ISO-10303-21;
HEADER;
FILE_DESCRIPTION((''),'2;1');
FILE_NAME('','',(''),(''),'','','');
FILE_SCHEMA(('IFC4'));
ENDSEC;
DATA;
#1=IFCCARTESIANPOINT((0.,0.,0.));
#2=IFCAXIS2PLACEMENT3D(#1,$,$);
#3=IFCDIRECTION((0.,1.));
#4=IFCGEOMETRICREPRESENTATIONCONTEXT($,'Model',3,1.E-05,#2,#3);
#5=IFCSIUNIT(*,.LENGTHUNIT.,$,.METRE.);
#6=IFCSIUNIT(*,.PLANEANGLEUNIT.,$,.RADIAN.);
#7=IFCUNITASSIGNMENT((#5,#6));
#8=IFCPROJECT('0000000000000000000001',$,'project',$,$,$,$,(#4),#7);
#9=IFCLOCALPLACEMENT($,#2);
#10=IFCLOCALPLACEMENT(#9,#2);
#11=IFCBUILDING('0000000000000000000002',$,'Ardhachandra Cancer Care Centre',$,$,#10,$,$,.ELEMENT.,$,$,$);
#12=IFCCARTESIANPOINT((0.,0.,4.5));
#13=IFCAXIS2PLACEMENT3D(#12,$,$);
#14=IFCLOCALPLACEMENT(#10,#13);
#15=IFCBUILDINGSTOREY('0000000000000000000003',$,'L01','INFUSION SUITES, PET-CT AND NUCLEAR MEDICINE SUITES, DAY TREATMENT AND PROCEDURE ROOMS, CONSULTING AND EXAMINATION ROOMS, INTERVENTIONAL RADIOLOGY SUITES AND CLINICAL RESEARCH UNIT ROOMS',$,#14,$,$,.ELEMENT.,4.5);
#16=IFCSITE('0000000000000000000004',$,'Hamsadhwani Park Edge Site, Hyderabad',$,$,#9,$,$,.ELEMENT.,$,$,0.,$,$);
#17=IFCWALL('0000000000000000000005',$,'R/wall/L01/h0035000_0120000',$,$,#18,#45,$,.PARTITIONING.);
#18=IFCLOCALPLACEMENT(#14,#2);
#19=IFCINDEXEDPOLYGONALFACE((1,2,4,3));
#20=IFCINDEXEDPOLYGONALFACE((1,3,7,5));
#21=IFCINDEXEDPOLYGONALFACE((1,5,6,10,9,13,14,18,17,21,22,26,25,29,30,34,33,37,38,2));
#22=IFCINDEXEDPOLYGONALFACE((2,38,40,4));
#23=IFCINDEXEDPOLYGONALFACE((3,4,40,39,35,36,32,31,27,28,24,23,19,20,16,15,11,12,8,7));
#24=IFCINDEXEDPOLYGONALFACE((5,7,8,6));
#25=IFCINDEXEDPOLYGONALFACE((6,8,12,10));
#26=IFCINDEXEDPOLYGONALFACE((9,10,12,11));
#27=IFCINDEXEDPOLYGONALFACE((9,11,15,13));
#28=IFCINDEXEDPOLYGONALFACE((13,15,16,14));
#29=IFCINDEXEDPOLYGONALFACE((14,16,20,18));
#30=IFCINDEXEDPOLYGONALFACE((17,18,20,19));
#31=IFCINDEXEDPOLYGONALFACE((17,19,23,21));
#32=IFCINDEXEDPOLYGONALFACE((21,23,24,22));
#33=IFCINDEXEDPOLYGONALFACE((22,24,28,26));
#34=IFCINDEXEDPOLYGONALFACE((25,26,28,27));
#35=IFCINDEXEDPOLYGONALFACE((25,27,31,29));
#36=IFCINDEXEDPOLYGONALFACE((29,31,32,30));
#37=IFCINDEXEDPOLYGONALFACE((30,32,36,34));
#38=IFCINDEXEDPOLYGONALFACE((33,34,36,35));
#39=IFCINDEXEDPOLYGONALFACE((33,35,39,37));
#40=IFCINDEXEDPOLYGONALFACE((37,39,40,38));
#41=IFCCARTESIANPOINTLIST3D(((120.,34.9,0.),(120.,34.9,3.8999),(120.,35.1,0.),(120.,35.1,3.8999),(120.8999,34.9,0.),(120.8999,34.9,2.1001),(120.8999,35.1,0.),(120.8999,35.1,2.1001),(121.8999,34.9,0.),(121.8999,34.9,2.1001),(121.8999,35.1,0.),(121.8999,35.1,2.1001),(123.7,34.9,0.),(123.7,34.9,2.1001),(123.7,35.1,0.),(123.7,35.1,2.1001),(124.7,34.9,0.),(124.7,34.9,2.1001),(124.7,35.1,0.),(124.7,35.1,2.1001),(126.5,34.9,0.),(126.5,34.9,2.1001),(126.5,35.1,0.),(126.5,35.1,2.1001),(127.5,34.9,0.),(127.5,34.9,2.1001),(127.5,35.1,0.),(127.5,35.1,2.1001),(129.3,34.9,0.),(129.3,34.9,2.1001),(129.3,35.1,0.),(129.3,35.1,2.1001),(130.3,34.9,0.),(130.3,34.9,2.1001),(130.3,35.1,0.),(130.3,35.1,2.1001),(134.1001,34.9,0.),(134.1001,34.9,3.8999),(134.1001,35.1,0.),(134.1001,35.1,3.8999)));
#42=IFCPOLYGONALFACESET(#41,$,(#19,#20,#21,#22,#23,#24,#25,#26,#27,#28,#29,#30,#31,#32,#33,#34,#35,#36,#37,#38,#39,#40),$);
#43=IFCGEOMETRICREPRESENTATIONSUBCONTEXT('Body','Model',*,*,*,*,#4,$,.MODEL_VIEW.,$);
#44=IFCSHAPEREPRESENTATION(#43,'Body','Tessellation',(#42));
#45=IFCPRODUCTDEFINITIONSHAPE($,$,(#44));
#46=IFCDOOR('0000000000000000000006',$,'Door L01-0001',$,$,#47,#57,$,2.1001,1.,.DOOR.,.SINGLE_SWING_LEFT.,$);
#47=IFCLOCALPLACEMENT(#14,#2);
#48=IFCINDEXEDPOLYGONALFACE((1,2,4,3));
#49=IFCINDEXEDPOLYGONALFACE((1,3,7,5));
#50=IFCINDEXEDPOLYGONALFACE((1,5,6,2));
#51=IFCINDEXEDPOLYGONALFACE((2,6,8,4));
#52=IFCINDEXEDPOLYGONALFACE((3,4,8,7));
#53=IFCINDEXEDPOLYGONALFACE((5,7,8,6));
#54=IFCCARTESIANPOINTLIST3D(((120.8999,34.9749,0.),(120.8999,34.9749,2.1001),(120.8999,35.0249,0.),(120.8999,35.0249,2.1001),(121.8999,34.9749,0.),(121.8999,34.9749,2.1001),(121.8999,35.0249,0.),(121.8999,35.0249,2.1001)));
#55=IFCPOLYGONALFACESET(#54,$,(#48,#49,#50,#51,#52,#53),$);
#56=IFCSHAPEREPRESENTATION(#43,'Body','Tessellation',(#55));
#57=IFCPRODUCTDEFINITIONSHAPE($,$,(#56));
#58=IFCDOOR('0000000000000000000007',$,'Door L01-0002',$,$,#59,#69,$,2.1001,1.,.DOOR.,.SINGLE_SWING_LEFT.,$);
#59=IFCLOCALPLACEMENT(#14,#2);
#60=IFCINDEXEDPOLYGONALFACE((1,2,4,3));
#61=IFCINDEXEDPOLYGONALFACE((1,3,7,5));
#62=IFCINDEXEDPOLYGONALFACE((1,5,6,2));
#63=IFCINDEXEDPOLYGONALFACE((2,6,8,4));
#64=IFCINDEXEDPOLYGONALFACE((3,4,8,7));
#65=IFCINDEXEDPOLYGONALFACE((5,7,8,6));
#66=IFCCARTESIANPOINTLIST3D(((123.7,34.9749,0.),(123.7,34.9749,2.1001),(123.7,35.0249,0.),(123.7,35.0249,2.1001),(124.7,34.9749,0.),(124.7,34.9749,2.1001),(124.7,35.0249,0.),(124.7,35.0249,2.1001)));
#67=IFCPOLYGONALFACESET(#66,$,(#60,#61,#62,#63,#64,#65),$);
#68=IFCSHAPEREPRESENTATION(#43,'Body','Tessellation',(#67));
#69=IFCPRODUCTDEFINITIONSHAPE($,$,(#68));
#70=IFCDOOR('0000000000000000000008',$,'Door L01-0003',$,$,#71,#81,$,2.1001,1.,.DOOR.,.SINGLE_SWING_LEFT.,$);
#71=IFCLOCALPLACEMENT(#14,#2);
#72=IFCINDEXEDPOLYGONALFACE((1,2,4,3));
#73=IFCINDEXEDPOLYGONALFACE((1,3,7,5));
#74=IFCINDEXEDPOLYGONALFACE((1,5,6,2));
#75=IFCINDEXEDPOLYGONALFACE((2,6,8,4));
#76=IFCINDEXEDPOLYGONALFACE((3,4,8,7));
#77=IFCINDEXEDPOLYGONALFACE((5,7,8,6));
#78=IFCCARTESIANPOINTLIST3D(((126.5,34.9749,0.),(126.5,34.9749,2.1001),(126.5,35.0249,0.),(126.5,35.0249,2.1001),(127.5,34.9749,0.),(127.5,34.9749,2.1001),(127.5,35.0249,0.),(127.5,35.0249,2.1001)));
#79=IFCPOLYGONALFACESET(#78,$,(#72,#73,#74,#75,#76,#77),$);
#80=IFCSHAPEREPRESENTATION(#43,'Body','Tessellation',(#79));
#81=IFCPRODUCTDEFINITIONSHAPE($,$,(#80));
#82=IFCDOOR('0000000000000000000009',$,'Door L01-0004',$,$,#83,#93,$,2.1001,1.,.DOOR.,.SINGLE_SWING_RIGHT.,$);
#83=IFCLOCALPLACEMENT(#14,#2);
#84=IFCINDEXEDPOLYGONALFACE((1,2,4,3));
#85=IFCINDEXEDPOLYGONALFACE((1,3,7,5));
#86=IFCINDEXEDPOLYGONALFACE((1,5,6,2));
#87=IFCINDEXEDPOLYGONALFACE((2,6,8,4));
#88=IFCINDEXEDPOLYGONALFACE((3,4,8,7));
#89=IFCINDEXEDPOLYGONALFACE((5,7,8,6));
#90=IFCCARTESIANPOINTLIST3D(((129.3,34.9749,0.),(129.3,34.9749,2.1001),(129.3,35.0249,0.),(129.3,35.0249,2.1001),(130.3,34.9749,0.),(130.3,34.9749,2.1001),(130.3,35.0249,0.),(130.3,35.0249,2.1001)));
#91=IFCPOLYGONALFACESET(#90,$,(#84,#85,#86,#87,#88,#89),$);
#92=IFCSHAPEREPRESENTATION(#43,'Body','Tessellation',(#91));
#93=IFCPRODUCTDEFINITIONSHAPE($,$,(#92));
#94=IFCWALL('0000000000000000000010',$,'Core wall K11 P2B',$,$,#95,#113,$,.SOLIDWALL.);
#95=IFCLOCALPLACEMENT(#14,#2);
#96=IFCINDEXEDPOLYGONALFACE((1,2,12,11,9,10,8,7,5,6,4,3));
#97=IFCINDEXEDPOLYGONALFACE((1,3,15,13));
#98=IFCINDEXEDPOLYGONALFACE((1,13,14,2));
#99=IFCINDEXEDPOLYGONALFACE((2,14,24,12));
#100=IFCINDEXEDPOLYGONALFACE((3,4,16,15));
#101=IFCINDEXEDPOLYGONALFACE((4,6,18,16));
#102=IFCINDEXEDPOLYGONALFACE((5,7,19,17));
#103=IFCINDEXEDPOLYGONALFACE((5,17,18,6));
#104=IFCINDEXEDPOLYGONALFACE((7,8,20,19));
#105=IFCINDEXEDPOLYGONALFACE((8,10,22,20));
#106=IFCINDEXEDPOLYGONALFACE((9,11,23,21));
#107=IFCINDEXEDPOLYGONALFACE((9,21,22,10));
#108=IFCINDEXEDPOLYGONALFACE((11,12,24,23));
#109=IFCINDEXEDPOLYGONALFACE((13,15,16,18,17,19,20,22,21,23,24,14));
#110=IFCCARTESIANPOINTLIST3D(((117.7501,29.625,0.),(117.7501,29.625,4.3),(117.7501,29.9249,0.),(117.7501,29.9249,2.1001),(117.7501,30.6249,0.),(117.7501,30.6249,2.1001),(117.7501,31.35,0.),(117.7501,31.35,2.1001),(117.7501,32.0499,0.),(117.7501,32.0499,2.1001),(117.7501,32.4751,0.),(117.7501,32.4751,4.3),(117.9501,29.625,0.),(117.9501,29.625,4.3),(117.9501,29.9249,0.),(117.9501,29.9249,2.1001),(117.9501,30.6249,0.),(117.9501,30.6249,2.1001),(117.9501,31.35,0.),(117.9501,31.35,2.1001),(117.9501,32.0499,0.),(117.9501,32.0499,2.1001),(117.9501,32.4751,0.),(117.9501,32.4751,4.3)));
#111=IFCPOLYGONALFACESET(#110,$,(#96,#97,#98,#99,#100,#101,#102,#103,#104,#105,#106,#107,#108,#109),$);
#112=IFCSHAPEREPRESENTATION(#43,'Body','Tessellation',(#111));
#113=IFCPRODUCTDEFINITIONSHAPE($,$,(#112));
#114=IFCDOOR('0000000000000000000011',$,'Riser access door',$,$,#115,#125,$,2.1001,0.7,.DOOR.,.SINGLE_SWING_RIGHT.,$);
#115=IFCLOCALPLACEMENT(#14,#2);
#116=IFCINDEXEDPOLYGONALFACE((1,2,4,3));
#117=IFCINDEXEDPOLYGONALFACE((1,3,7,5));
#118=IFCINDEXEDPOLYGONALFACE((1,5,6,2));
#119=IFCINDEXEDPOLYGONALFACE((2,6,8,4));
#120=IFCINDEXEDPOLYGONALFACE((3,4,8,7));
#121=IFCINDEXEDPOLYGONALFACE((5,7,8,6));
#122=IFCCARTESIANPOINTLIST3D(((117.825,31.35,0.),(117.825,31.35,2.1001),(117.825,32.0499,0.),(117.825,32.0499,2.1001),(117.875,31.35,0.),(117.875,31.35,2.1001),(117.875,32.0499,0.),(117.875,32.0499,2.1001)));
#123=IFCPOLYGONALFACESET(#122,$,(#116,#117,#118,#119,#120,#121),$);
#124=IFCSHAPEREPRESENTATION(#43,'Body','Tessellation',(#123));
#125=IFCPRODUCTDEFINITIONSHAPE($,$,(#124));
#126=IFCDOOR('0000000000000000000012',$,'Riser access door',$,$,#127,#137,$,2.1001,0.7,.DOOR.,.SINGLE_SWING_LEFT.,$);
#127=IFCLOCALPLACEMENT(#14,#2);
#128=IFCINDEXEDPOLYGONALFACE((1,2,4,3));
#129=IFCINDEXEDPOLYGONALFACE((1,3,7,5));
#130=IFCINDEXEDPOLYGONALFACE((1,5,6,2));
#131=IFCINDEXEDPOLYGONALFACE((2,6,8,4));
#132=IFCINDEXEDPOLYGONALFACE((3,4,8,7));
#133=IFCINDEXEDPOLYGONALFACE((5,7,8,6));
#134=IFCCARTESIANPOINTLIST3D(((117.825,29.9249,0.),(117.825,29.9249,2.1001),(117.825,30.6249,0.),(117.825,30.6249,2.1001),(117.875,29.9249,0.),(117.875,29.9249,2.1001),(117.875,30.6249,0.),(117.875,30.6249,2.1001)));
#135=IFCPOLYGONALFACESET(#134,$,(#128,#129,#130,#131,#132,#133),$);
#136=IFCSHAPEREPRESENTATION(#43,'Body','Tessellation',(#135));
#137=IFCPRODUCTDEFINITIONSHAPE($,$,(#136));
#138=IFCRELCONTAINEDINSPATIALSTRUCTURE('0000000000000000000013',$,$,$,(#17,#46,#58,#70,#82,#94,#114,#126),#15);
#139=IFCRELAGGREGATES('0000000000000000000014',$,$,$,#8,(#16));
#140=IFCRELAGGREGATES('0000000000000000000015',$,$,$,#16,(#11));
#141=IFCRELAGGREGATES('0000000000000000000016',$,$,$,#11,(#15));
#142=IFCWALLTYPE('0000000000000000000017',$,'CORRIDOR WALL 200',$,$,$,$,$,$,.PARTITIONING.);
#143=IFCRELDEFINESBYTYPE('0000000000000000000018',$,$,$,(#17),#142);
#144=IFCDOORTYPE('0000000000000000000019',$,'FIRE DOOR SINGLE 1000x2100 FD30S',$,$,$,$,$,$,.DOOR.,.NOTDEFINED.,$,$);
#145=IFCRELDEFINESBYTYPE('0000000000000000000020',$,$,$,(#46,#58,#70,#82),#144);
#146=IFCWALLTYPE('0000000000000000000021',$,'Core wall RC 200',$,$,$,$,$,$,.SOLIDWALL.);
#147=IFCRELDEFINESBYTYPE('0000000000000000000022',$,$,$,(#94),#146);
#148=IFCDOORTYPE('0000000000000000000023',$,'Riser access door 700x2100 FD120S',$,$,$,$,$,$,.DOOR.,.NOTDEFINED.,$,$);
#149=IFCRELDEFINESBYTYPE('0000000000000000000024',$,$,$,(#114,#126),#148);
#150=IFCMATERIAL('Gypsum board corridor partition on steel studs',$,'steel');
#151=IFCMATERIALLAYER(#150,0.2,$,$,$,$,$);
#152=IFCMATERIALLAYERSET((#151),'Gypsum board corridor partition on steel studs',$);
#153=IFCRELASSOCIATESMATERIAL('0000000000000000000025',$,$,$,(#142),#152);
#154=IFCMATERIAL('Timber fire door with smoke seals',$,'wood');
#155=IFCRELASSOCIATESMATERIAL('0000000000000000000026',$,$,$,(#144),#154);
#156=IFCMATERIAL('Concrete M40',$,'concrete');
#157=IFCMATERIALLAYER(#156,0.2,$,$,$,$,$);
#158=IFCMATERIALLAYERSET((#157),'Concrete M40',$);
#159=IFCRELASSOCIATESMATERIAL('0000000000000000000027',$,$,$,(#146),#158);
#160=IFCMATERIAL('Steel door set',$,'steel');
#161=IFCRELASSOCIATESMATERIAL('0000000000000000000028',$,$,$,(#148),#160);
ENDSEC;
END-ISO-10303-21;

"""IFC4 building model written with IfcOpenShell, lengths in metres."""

from ifc_helpers import new_model, si_unit, direction, frame, frame_2d, origin, place, context, subcontext, project, spatial, rectangle, extrude, material, layer, layer_set, type_object, element, fill, save


model = new_model("IFC4")

# Units and contexts
model_context = context("Model", 3, precision=1e-05, world=origin(), true_north=direction((0.0, 1.0)))
body_context = subcontext(model_context, "Body", "Model", "MODEL_VIEW")
ifc_project = project(units=[si_unit("LENGTHUNIT", "METRE"), si_unit("PLANEANGLEUNIT", "RADIAN")], contexts=[model_context])

# Site, building, storey
site_placement = place(None, origin())
site = spatial("IfcSite", under=ifc_project, at=site_placement, Name="Hamsadhwani Park Edge Site, Hyderabad", CompositionType="ELEMENT", RefElevation=0.0)
building_placement = place(site_placement, origin())
building = spatial("IfcBuilding", under=site, at=building_placement, Name="Ardhachandra Cancer Care Centre", CompositionType="ELEMENT")
storey_placement = place(building_placement, frame((0.0, 0.0, 4.5)))
storey = spatial("IfcBuildingStorey", under=building, at=storey_placement, Name="L01", Description="INFUSION SUITES, PET-CT AND NUCLEAR MEDICINE SUITES, DAY TREATMENT AND PROCEDURE ROOMS, CONSULTING AND EXAMINATION ROOMS, INTERVENTIONAL RADIOLOGY SUITES AND CLINICAL RESEARCH UNIT ROOMS", CompositionType="ELEMENT", Elevation=4.5)

# Walls, openings, doors
ifc_material_1 = material(Name="Gypsum board corridor partition on steel studs", Category="steel")
ifc_layer_1 = layer(ifc_material_1, 0.2)
ifc_layer_set_1 = layer_set([ifc_layer_1], Name="Gypsum board corridor partition on steel studs")
wall_type_1 = type_object("IfcWallType", Name="CORRIDOR WALL 200", PredefinedType="PARTITIONING", material=ifc_layer_set_1)
wall_1_placement = place(storey_placement, frame((120.0, 35.0, 0.0), z_axis=(0.0, 0.0, 1.0), x_axis=(1.0, 0.0, 0.0)))
wall_1 = element("IfcWall", 1, at=wall_1_placement, inside=storey, type_object=wall_type_1, Name="R/wall/L01/h0035000_0120000", PredefinedType="PARTITIONING", context=body_context, shape_type="SweptSolid", body=[
    extrude(rectangle(XDim=14.1001, YDim=0.2, at=frame_2d((7.05, 0.0))), origin(), (0.0, 0.0, 1.0), 3.8999),
])
opening_1_placement = place(wall_1_placement, frame((0.8999, 0.0, 0.0)))
opening_1 = element("IfcOpeningElement", 2, at=opening_1_placement, cuts=wall_1, PredefinedType="OPENING", context=body_context, shape_type="SweptSolid", body=[
    extrude(rectangle(XDim=1.0, YDim=2.1001, at=frame_2d((0.5, 1.05))), frame((0.0, 0.1099, 0.0), z_axis=(0.0, -1.0, 0.0), x_axis=(1.0, 0.0, 0.0)), (0.0, 0.0, 1.0), 0.22),
])
opening_2_placement = place(wall_1_placement, frame((3.7, 0.0, 0.0)))
opening_2 = element("IfcOpeningElement", 3, at=opening_2_placement, cuts=wall_1, PredefinedType="OPENING", context=body_context, shape_type="SweptSolid", body=[
    extrude(rectangle(XDim=1.0, YDim=2.1001, at=frame_2d((0.5, 1.05))), frame((0.0, 0.1099, 0.0), z_axis=(0.0, -1.0, 0.0), x_axis=(1.0, 0.0, 0.0)), (0.0, 0.0, 1.0), 0.22),
])
opening_3_placement = place(wall_1_placement, frame((6.5, 0.0, 0.0)))
opening_3 = element("IfcOpeningElement", 4, at=opening_3_placement, cuts=wall_1, PredefinedType="OPENING", context=body_context, shape_type="SweptSolid", body=[
    extrude(rectangle(XDim=1.0, YDim=2.1001, at=frame_2d((0.5, 1.05))), frame((0.0, 0.1099, 0.0), z_axis=(0.0, -1.0, 0.0), x_axis=(1.0, 0.0, 0.0)), (0.0, 0.0, 1.0), 0.22),
])
opening_4_placement = place(wall_1_placement, frame((9.3, 0.0, 0.0)))
opening_4 = element("IfcOpeningElement", 5, at=opening_4_placement, cuts=wall_1, PredefinedType="OPENING", context=body_context, shape_type="SweptSolid", body=[
    extrude(rectangle(XDim=1.0, YDim=2.1001, at=frame_2d((0.5, 1.05))), frame((0.0, 0.1099, 0.0), z_axis=(0.0, -1.0, 0.0), x_axis=(1.0, 0.0, 0.0)), (0.0, 0.0, 1.0), 0.22),
])
ifc_material_2 = material(Name="Timber fire door with smoke seals", Category="wood")
door_type_1 = type_object("IfcDoorType", Name="FIRE DOOR SINGLE 1000x2100 FD30S", OperationType="NOTDEFINED", PredefinedType="DOOR", material=ifc_material_2)
door_1_placement = place(opening_1_placement, origin())
door_1 = element("IfcDoor", 6, at=door_1_placement, inside=storey, type_object=door_type_1, Name="Door L01-0001", OperationType="SINGLE_SWING_LEFT", OverallHeight=2.1001, OverallWidth=1.0, PredefinedType="DOOR", context=body_context, shape_type="SweptSolid", body=[
    extrude(rectangle(XDim=1.0, YDim=2.1001, at=frame_2d((0.5, 1.05))), frame((0.0, 0.0249, 0.0), z_axis=(0.0, -1.0, 0.0), x_axis=(1.0, 0.0, 0.0)), (0.0, 0.0, 1.0), 0.05),
])
fill(opening_1, door_1)
door_2_placement = place(opening_2_placement, origin())
door_2 = element("IfcDoor", 7, at=door_2_placement, inside=storey, type_object=door_type_1, Name="Door L01-0002", OperationType="SINGLE_SWING_LEFT", OverallHeight=2.1001, OverallWidth=1.0, PredefinedType="DOOR", context=body_context, shape_type="SweptSolid", body=[
    extrude(rectangle(XDim=1.0, YDim=2.1001, at=frame_2d((0.5, 1.05))), frame((0.0, 0.0249, 0.0), z_axis=(0.0, -1.0, 0.0), x_axis=(1.0, 0.0, 0.0)), (0.0, 0.0, 1.0), 0.05),
])
fill(opening_2, door_2)
door_3_placement = place(opening_3_placement, origin())
door_3 = element("IfcDoor", 8, at=door_3_placement, inside=storey, type_object=door_type_1, Name="Door L01-0003", OperationType="SINGLE_SWING_LEFT", OverallHeight=2.1001, OverallWidth=1.0, PredefinedType="DOOR", context=body_context, shape_type="SweptSolid", body=[
    extrude(rectangle(XDim=1.0, YDim=2.1001, at=frame_2d((0.5, 1.05))), frame((0.0, 0.0249, 0.0), z_axis=(0.0, -1.0, 0.0), x_axis=(1.0, 0.0, 0.0)), (0.0, 0.0, 1.0), 0.05),
])
fill(opening_3, door_3)
door_4_placement = place(opening_4_placement, origin())
door_4 = element("IfcDoor", 9, at=door_4_placement, inside=storey, type_object=door_type_1, Name="Door L01-0004", OperationType="SINGLE_SWING_RIGHT", OverallHeight=2.1001, OverallWidth=1.0, PredefinedType="DOOR", context=body_context, shape_type="SweptSolid", body=[
    extrude(rectangle(XDim=1.0, YDim=2.1001, at=frame_2d((0.5, 1.05))), frame((0.0, 0.0249, 0.0), z_axis=(0.0, -1.0, 0.0), x_axis=(1.0, 0.0, 0.0)), (0.0, 0.0, 1.0), 0.05),
])
fill(opening_4, door_4)
ifc_material_3 = material(Name="Concrete M40", Category="concrete")
ifc_layer_2 = layer(ifc_material_3, 0.2)
ifc_layer_set_2 = layer_set([ifc_layer_2], Name="Concrete M40")
wall_type_2 = type_object("IfcWallType", Name="Core wall RC 200", PredefinedType="SOLIDWALL", material=ifc_layer_set_2)
wall_2_placement = place(storey_placement, frame((117.8501, 32.4751, 0.0), z_axis=(0.0, 0.0, 1.0), x_axis=(0.0, -1.0, 0.0)))
wall_2 = element("IfcWall", 10, at=wall_2_placement, inside=storey, type_object=wall_type_2, Name="Core wall K11 P2B", PredefinedType="SOLIDWALL", context=body_context, shape_type="SweptSolid", body=[
    extrude(rectangle(XDim=2.8501, YDim=0.2, at=frame_2d((1.425, 0.0))), origin(), (0.0, 0.0, 1.0), 4.3),
])
opening_5_placement = place(wall_2_placement, frame((0.425, 0.0, 0.0)))
opening_5 = element("IfcOpeningElement", 11, at=opening_5_placement, cuts=wall_2, PredefinedType="OPENING", context=body_context, shape_type="SweptSolid", body=[
    extrude(rectangle(XDim=0.7, YDim=2.1001, at=frame_2d((0.3501, 1.05))), frame((0.0, 0.1099, 0.0), z_axis=(0.0, -1.0, 0.0), x_axis=(1.0, 0.0, 0.0)), (0.0, 0.0, 1.0), 0.22),
])
opening_6_placement = place(wall_2_placement, frame((1.8501, 0.0, 0.0)))
opening_6 = element("IfcOpeningElement", 12, at=opening_6_placement, cuts=wall_2, PredefinedType="OPENING", context=body_context, shape_type="SweptSolid", body=[
    extrude(rectangle(XDim=0.7, YDim=2.1001, at=frame_2d((0.3501, 1.05))), frame((0.0, 0.1099, 0.0), z_axis=(0.0, -1.0, 0.0), x_axis=(1.0, 0.0, 0.0)), (0.0, 0.0, 1.0), 0.22),
])
ifc_material_4 = material(Name="Steel door set", Category="steel")
door_type_2 = type_object("IfcDoorType", Name="Riser access door 700x2100 FD120S", OperationType="NOTDEFINED", PredefinedType="DOOR", material=ifc_material_4)
door_5_placement = place(opening_5_placement, origin())
door_5 = element("IfcDoor", 13, at=door_5_placement, inside=storey, type_object=door_type_2, Name="Riser access door", OperationType="SINGLE_SWING_RIGHT", OverallHeight=2.1001, OverallWidth=0.7, PredefinedType="DOOR", context=body_context, shape_type="SweptSolid", body=[
    extrude(rectangle(XDim=0.7, YDim=2.1001, at=frame_2d((0.3501, 1.05))), frame((0.0, 0.0249, 0.0), z_axis=(0.0, -1.0, 0.0), x_axis=(1.0, 0.0, 0.0)), (0.0, 0.0, 1.0), 0.05),
])
fill(opening_5, door_5)
door_6_placement = place(opening_6_placement, origin())
door_6 = element("IfcDoor", 14, at=door_6_placement, inside=storey, type_object=door_type_2, Name="Riser access door", OperationType="SINGLE_SWING_LEFT", OverallHeight=2.1001, OverallWidth=0.7, PredefinedType="DOOR", context=body_context, shape_type="SweptSolid", body=[
    extrude(rectangle(XDim=0.7, YDim=2.1001, at=frame_2d((0.3501, 1.05))), frame((0.0, 0.0249, 0.0), z_axis=(0.0, -1.0, 0.0), x_axis=(1.0, 0.0, 0.0)), (0.0, 0.0, 1.0), 0.05),
])
fill(opening_6, door_6)

save(model, "model.ifc")
